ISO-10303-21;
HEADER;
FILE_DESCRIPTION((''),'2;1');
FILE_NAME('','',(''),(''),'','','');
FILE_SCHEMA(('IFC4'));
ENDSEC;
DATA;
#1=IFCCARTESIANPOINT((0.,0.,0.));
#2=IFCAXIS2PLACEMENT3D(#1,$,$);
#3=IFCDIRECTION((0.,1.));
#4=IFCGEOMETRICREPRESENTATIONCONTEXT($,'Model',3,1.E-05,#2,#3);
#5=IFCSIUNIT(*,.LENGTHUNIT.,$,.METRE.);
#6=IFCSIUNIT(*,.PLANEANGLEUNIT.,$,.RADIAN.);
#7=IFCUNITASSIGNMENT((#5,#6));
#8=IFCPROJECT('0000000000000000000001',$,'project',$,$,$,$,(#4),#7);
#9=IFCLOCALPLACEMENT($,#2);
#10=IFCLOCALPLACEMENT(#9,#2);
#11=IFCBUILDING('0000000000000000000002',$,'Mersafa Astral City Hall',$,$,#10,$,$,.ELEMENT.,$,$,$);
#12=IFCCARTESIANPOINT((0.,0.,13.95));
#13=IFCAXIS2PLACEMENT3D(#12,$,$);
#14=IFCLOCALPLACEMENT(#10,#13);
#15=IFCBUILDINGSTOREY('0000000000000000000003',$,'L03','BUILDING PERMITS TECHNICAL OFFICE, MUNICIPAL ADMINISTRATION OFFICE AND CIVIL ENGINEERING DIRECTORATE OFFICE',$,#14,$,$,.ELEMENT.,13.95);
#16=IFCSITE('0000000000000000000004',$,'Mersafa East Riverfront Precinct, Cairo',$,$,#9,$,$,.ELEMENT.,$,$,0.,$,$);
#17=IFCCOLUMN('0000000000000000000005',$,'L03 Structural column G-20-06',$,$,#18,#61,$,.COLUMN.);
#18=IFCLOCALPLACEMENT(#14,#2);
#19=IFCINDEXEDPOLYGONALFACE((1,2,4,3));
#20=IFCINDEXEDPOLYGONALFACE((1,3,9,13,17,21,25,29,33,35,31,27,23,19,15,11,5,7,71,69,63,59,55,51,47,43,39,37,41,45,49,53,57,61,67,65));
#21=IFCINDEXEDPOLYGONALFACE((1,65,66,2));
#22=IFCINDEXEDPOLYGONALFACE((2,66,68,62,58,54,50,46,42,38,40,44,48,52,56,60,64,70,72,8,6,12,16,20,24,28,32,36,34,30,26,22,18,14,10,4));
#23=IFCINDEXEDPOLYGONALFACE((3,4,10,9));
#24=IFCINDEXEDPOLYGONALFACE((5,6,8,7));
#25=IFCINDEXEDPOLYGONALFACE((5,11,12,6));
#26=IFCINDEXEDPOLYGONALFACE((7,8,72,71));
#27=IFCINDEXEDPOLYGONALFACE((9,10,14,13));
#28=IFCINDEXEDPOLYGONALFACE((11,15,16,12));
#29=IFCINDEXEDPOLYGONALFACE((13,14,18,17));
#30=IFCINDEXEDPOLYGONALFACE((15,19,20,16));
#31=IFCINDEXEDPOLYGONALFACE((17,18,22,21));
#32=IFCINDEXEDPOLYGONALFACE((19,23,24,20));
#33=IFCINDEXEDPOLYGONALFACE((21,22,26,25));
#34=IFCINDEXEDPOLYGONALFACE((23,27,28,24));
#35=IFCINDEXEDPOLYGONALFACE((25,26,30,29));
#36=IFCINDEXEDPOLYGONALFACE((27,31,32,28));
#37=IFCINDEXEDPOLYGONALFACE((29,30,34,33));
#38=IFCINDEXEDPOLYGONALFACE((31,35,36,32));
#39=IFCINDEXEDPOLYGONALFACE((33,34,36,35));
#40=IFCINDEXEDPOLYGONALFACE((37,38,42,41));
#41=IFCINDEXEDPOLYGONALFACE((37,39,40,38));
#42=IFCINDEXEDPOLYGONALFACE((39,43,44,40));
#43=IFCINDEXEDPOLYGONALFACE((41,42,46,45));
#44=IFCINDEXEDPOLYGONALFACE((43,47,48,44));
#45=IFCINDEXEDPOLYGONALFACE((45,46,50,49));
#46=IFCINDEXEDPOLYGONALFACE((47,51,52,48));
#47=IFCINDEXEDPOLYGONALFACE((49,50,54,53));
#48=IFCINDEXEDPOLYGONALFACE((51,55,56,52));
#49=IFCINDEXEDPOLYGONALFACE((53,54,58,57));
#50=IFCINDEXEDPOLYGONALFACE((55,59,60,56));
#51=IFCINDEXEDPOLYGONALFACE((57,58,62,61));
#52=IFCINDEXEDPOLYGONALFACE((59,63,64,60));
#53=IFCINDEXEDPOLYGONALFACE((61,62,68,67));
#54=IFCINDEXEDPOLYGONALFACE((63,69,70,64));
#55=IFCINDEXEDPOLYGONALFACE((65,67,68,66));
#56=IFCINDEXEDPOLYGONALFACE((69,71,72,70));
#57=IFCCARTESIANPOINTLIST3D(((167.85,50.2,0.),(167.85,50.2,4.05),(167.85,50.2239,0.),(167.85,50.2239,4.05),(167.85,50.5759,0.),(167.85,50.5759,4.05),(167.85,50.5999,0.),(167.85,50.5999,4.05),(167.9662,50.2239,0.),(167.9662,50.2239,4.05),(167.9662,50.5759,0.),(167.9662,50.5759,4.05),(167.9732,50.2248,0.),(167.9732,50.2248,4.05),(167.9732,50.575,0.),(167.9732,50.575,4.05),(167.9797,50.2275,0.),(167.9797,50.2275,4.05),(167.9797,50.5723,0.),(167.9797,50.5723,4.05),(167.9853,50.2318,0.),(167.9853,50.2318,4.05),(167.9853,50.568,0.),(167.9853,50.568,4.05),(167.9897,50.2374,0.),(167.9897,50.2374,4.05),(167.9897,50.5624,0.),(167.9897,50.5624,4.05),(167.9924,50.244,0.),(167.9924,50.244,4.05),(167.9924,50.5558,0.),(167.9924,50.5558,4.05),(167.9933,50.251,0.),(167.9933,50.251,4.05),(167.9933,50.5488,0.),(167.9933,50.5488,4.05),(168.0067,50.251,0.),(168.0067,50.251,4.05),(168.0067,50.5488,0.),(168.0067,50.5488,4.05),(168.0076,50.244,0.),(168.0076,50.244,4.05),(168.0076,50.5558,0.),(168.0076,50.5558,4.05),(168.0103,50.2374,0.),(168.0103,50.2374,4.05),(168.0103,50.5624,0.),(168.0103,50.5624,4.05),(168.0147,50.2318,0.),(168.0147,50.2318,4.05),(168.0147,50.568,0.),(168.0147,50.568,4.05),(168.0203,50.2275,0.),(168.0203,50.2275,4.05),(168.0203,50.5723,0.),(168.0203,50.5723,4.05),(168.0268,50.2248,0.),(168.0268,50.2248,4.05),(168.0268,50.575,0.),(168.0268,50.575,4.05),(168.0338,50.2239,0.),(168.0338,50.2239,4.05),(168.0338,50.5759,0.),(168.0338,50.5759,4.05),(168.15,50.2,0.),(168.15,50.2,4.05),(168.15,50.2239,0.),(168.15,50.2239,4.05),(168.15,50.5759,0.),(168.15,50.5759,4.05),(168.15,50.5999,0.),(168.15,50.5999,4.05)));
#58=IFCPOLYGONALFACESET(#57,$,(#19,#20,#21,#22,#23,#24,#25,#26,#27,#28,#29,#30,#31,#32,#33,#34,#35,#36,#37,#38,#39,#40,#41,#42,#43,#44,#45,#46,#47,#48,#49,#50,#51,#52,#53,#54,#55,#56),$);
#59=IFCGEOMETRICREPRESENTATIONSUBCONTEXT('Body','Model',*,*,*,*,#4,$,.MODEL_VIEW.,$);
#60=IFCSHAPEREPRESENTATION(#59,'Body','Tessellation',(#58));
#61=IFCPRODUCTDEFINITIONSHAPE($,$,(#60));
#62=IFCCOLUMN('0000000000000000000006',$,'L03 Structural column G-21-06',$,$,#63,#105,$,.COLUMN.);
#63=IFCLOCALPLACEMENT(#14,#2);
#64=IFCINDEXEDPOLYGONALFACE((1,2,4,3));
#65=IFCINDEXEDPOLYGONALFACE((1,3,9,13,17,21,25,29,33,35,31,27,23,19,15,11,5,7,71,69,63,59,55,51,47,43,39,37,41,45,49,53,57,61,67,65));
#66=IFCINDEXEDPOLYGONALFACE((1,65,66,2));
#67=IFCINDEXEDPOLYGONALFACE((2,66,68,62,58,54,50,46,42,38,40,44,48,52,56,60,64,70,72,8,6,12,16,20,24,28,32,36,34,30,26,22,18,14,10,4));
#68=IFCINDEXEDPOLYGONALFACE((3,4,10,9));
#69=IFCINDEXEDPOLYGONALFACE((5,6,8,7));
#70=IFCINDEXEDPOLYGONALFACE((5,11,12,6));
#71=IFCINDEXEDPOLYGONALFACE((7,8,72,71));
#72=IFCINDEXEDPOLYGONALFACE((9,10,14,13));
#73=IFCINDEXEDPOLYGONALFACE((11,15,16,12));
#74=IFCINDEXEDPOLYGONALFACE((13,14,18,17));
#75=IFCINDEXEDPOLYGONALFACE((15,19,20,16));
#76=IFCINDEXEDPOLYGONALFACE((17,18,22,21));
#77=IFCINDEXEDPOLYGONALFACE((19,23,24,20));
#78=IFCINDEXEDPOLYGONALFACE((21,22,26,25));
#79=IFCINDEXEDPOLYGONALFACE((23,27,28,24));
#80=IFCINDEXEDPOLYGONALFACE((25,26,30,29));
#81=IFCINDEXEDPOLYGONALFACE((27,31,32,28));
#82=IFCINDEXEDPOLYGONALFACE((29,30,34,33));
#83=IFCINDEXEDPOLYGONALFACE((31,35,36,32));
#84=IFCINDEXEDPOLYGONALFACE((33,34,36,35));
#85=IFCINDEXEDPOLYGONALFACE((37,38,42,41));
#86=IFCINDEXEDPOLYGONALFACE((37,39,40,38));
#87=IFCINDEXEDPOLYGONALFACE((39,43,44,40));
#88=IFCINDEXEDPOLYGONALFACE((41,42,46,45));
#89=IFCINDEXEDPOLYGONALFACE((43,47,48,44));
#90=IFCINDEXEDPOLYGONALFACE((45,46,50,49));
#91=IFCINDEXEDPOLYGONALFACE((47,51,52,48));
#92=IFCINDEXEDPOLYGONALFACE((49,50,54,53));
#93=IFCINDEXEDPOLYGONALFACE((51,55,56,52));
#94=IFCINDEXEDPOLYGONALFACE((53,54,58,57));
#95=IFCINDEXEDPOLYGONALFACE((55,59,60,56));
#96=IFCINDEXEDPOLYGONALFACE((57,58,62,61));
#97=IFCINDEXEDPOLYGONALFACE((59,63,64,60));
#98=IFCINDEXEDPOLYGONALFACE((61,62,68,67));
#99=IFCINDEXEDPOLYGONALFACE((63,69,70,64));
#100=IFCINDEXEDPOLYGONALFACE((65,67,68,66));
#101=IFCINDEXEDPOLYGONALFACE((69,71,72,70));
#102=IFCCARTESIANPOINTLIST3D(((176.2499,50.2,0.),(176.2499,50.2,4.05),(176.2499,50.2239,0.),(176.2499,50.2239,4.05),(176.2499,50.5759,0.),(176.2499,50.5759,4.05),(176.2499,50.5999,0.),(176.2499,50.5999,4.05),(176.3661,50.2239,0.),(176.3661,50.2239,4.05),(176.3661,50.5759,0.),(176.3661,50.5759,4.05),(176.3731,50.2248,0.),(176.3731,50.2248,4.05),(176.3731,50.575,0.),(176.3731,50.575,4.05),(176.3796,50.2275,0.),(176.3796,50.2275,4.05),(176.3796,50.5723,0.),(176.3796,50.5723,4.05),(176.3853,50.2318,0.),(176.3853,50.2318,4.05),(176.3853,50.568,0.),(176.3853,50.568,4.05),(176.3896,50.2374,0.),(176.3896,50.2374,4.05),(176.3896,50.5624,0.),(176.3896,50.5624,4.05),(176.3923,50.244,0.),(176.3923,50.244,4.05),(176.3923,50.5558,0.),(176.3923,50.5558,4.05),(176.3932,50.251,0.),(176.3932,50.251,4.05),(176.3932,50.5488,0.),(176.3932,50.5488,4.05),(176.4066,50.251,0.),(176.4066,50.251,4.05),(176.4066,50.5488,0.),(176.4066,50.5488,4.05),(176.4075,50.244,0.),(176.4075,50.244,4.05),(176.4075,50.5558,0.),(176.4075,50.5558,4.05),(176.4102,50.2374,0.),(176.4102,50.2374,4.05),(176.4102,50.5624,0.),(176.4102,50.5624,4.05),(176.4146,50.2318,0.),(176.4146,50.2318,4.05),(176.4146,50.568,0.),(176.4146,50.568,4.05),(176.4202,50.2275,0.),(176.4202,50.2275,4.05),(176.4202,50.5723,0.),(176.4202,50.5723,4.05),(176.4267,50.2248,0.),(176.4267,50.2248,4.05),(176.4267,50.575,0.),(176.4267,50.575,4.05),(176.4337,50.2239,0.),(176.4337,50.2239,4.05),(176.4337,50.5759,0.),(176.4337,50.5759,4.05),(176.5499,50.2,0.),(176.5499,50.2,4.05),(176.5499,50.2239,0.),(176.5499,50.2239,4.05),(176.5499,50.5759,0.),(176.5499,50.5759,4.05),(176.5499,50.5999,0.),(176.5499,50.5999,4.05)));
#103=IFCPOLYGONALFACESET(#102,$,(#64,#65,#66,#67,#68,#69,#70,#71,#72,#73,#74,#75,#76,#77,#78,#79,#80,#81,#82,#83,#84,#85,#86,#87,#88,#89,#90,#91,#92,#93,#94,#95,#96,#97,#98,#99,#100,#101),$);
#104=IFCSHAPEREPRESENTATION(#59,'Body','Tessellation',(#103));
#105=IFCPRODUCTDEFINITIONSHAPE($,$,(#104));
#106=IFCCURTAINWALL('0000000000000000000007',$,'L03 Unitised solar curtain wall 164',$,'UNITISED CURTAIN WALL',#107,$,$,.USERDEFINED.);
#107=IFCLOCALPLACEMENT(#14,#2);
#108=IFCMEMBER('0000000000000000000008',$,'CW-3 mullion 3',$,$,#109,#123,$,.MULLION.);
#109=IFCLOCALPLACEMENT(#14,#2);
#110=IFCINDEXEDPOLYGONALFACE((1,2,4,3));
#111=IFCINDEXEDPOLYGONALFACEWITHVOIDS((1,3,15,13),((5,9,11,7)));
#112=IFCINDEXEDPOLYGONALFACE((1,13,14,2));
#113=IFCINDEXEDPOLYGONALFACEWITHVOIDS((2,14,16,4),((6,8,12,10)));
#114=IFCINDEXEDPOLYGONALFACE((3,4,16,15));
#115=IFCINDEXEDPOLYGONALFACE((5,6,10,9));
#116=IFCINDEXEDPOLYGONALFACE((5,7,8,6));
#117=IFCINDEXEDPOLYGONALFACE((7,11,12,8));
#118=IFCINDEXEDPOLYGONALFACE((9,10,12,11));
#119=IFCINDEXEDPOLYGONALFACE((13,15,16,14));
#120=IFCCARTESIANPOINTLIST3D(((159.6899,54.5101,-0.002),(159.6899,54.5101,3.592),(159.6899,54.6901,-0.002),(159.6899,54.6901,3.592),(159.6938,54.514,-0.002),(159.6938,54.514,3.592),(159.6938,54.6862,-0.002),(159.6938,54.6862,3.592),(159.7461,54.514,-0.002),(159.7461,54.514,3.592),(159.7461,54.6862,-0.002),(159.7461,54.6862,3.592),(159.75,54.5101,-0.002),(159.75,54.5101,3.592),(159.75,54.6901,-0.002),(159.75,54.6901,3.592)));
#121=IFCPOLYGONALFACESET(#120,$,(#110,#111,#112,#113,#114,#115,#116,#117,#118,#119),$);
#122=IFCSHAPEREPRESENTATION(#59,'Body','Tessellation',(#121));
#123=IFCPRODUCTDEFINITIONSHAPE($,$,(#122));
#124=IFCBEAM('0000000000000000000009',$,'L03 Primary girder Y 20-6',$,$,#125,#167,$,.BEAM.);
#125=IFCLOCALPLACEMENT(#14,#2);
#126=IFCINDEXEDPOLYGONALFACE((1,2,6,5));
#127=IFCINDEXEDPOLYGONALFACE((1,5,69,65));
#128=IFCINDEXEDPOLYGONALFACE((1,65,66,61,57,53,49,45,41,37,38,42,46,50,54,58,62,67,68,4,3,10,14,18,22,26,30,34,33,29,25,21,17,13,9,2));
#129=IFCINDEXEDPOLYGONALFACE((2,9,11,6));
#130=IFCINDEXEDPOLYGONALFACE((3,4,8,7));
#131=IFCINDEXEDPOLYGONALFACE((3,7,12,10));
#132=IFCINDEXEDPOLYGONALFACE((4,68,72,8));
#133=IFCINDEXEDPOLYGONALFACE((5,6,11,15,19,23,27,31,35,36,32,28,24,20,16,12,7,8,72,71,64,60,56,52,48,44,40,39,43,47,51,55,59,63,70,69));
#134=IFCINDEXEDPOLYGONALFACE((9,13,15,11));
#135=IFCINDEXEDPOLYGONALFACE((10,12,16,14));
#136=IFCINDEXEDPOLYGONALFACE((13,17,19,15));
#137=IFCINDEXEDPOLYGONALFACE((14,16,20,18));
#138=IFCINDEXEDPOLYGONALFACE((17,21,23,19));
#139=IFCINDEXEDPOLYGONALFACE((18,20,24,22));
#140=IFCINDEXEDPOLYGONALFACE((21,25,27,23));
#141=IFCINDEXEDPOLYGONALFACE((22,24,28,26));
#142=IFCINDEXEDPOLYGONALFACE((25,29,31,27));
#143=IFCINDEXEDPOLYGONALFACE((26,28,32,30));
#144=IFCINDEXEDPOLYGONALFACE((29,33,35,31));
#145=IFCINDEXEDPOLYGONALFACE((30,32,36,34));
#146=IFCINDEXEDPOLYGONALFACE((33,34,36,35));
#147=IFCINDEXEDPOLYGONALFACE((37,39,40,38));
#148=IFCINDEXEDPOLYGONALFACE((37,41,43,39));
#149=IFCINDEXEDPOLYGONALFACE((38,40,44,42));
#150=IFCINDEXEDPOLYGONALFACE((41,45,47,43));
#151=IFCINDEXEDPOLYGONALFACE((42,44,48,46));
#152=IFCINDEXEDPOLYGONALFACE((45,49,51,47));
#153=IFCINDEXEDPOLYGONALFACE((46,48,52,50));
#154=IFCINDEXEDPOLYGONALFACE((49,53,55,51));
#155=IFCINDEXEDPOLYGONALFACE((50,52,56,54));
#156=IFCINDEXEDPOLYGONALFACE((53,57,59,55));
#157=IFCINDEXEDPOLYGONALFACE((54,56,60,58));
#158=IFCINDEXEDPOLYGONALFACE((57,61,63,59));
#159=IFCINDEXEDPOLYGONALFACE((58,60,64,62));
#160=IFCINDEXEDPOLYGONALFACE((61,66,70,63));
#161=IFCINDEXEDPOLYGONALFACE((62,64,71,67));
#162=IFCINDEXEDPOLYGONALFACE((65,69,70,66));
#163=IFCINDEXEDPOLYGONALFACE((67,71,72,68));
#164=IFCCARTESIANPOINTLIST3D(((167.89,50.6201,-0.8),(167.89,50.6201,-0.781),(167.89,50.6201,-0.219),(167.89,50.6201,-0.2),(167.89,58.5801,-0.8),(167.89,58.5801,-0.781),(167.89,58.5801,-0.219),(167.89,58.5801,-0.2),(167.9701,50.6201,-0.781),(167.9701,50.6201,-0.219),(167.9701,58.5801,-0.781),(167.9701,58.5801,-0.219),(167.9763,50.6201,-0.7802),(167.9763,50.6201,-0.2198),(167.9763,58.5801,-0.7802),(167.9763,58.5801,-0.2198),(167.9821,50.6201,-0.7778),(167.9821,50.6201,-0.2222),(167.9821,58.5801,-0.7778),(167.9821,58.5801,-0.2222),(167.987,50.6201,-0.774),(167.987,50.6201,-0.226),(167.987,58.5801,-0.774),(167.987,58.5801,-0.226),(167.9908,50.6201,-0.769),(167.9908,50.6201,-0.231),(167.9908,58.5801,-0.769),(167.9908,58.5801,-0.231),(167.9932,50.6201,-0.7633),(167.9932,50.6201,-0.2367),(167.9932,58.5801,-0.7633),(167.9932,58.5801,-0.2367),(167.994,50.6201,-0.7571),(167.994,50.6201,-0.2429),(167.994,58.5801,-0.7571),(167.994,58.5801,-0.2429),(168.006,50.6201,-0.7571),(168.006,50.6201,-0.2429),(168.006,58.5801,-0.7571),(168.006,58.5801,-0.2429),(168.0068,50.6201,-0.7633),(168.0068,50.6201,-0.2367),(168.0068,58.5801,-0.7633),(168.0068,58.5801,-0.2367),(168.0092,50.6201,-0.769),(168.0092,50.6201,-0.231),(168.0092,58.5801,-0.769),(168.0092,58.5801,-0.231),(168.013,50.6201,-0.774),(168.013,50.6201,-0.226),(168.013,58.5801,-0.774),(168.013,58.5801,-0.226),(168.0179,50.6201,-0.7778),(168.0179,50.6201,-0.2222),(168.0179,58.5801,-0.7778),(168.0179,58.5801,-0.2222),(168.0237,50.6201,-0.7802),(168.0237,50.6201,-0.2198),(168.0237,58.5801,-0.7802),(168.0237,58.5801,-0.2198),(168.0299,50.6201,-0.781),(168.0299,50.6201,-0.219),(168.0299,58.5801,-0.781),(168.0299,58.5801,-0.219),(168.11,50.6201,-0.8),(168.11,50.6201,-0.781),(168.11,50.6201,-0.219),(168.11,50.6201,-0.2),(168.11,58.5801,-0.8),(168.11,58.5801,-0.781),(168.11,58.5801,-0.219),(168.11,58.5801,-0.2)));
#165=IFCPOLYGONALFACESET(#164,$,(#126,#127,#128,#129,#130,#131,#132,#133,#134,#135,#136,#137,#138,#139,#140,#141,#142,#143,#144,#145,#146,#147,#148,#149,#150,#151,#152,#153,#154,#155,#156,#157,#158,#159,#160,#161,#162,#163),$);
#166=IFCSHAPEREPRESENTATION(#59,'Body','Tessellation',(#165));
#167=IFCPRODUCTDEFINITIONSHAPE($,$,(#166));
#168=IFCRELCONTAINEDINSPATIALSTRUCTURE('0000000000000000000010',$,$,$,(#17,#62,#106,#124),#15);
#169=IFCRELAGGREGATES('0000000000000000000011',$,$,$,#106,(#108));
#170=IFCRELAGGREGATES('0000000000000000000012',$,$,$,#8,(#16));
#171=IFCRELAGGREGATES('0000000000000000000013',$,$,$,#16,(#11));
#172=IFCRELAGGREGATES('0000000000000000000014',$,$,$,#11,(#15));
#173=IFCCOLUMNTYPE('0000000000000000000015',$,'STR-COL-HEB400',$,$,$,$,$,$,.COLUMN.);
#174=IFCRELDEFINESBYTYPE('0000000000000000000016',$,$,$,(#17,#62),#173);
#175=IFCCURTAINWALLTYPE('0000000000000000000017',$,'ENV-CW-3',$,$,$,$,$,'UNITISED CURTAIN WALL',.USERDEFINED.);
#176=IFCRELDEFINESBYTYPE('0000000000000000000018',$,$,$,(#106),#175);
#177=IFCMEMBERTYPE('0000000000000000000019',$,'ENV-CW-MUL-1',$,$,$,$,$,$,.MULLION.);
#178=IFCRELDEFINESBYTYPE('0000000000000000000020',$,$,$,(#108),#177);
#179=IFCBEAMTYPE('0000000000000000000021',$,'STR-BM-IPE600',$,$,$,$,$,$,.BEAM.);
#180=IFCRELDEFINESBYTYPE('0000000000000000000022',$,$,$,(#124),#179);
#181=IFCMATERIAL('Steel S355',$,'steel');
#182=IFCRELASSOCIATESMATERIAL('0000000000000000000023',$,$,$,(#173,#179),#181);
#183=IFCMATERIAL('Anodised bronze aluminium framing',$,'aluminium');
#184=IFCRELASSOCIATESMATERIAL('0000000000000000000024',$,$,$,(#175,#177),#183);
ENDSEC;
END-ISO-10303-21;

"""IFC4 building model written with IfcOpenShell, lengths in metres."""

from ifc_helpers import new_model, si_unit, direction, frame, origin, origin_2d, place, context, subcontext, project, spatial, hollow_rectangle, i_section, extrude, material, material_profile, profile_set, type_object, element, aggregate, save


model = new_model("IFC4")

# Units and contexts
model_context = context("Model", 3, precision=1e-05, world=origin(), true_north=direction((0.0, 1.0)))
body_context = subcontext(model_context, "Body", "Model", "MODEL_VIEW")
ifc_project = project(units=[si_unit("LENGTHUNIT", "METRE"), si_unit("PLANEANGLEUNIT", "RADIAN")], contexts=[model_context])

# Site, building, storey
site_placement = place(None, origin())
site = spatial("IfcSite", under=ifc_project, at=site_placement, Name="Mersafa East Riverfront Precinct, Cairo", CompositionType="ELEMENT", RefElevation=0.0)
building_placement = place(site_placement, origin())
building = spatial("IfcBuilding", under=site, at=building_placement, Name="Mersafa Astral City Hall", CompositionType="ELEMENT")
storey_placement = place(building_placement, frame((0.0, 0.0, 13.95)))
storey = spatial("IfcBuildingStorey", under=building, at=storey_placement, Name="L03", Description="BUILDING PERMITS TECHNICAL OFFICE, MUNICIPAL ADMINISTRATION OFFICE AND CIVIL ENGINEERING DIRECTORATE OFFICE", CompositionType="ELEMENT", Elevation=13.95)

# Columns
ifc_material_1 = material(Name="Steel S355", Category="steel")
ifc_material_profile_1 = material_profile(ifc_material_1, i_section(OverallWidth=0.3, OverallDepth=0.3999, WebThickness=0.0134, FlangeThickness=0.0239, FilletRadius=0.0271, at=origin_2d()), Name="HEB 400")
ifc_profile_set_1 = profile_set([ifc_material_profile_1], Name="Steel S355")
column_type = type_object("IfcColumnType", Name="STR-COL-HEB400", PredefinedType="COLUMN", material=ifc_profile_set_1)
for number, where, z_axis, x_axis, name in (
    (1, (168.0, 50.3999, 0.0), (0.0, 0.0, 1.0), (1.0, 0.0, 0.0), "L03 Structural column G-20-06"),
    (2, (176.3999, 50.3999, 0.0), (0.0, 0.0, 1.0), (1.0, 0.0, 0.0), "L03 Structural column G-21-06"),
):
    element("IfcColumn", number, at=place(storey_placement, frame(where, z_axis=z_axis, x_axis=x_axis)), inside=storey, type_object=column_type, Name=name, PredefinedType="COLUMN", context=body_context, shape_type="SweptSolid", body=[
        extrude(i_section(OverallWidth=0.3, OverallDepth=0.3999, WebThickness=0.0134, FlangeThickness=0.0239, FilletRadius=0.0271, at=origin_2d()), origin(), (0.0, 0.0, 1.0), 4.05),
    ])

# Curtain wall, member
ifc_material_2 = material(Name="Anodised bronze aluminium framing", Category="aluminium")
curtain_wall_type = type_object("IfcCurtainWallType", Name="ENV-CW-3", ElementType="UNITISED CURTAIN WALL", PredefinedType="USERDEFINED", material=ifc_material_2)
curtain_wall_placement = place(storey_placement, origin())
curtain_wall = element("IfcCurtainWall", 3, at=curtain_wall_placement, inside=storey, type_object=curtain_wall_type, Name="L03 Unitised solar curtain wall 164", ObjectType="UNITISED CURTAIN WALL", PredefinedType="USERDEFINED")
ifc_material_profile_2 = material_profile(ifc_material_2, hollow_rectangle(XDim=0.0601, YDim=0.1799, WallThickness=0.0039, at=origin_2d()), Name="RHS 60x180x4")
ifc_profile_set_2 = profile_set([ifc_material_profile_2], Name="Anodised bronze aluminium framing")
member_type = type_object("IfcMemberType", Name="ENV-CW-MUL-1", PredefinedType="MULLION", material=ifc_profile_set_2)
member_placement = place(storey_placement, frame((159.72, 54.6001, -0.002), z_axis=(0.0, 0.0, 1.0), x_axis=(1.0, 0.0, 0.0)))
member = element("IfcMember", 4, at=member_placement, type_object=member_type, Name="CW-3 mullion 3", PredefinedType="MULLION", context=body_context, shape_type="SweptSolid", body=[
    extrude(hollow_rectangle(XDim=0.0601, YDim=0.1799, WallThickness=0.0039, at=origin_2d()), origin(), (0.0, 0.0, 1.0), 3.594),
])
aggregate(curtain_wall, [member])

# Beam
ifc_material_profile_3 = material_profile(ifc_material_1, i_section(OverallWidth=0.22, OverallDepth=0.6001, WebThickness=0.012, FlangeThickness=0.019, FilletRadius=0.0239, at=origin_2d()), Name="IPE 600")
ifc_profile_set_3 = profile_set([ifc_material_profile_3], Name="Steel S355")
beam_type_1 = type_object("IfcBeamType", Name="STR-BM-IPE600", PredefinedType="BEAM", material=ifc_profile_set_3)
beam_1_placement = place(storey_placement, frame((168.0, 50.6201, -0.5), z_axis=(0.0, 1.0, 0.0), x_axis=(-1.0, 0.0, 0.0)))
element("IfcBeam", 5, at=beam_1_placement, inside=storey, type_object=beam_type_1, Name="L03 Primary girder Y 20-6", PredefinedType="BEAM", context=body_context, shape_type="SweptSolid", body=[
    extrude(i_section(OverallWidth=0.22, OverallDepth=0.6001, WebThickness=0.012, FlangeThickness=0.019, FilletRadius=0.0239, at=origin_2d()), origin(), (0.0, 0.0, 1.0), 7.96),
])

save(model, "model.ifc")
